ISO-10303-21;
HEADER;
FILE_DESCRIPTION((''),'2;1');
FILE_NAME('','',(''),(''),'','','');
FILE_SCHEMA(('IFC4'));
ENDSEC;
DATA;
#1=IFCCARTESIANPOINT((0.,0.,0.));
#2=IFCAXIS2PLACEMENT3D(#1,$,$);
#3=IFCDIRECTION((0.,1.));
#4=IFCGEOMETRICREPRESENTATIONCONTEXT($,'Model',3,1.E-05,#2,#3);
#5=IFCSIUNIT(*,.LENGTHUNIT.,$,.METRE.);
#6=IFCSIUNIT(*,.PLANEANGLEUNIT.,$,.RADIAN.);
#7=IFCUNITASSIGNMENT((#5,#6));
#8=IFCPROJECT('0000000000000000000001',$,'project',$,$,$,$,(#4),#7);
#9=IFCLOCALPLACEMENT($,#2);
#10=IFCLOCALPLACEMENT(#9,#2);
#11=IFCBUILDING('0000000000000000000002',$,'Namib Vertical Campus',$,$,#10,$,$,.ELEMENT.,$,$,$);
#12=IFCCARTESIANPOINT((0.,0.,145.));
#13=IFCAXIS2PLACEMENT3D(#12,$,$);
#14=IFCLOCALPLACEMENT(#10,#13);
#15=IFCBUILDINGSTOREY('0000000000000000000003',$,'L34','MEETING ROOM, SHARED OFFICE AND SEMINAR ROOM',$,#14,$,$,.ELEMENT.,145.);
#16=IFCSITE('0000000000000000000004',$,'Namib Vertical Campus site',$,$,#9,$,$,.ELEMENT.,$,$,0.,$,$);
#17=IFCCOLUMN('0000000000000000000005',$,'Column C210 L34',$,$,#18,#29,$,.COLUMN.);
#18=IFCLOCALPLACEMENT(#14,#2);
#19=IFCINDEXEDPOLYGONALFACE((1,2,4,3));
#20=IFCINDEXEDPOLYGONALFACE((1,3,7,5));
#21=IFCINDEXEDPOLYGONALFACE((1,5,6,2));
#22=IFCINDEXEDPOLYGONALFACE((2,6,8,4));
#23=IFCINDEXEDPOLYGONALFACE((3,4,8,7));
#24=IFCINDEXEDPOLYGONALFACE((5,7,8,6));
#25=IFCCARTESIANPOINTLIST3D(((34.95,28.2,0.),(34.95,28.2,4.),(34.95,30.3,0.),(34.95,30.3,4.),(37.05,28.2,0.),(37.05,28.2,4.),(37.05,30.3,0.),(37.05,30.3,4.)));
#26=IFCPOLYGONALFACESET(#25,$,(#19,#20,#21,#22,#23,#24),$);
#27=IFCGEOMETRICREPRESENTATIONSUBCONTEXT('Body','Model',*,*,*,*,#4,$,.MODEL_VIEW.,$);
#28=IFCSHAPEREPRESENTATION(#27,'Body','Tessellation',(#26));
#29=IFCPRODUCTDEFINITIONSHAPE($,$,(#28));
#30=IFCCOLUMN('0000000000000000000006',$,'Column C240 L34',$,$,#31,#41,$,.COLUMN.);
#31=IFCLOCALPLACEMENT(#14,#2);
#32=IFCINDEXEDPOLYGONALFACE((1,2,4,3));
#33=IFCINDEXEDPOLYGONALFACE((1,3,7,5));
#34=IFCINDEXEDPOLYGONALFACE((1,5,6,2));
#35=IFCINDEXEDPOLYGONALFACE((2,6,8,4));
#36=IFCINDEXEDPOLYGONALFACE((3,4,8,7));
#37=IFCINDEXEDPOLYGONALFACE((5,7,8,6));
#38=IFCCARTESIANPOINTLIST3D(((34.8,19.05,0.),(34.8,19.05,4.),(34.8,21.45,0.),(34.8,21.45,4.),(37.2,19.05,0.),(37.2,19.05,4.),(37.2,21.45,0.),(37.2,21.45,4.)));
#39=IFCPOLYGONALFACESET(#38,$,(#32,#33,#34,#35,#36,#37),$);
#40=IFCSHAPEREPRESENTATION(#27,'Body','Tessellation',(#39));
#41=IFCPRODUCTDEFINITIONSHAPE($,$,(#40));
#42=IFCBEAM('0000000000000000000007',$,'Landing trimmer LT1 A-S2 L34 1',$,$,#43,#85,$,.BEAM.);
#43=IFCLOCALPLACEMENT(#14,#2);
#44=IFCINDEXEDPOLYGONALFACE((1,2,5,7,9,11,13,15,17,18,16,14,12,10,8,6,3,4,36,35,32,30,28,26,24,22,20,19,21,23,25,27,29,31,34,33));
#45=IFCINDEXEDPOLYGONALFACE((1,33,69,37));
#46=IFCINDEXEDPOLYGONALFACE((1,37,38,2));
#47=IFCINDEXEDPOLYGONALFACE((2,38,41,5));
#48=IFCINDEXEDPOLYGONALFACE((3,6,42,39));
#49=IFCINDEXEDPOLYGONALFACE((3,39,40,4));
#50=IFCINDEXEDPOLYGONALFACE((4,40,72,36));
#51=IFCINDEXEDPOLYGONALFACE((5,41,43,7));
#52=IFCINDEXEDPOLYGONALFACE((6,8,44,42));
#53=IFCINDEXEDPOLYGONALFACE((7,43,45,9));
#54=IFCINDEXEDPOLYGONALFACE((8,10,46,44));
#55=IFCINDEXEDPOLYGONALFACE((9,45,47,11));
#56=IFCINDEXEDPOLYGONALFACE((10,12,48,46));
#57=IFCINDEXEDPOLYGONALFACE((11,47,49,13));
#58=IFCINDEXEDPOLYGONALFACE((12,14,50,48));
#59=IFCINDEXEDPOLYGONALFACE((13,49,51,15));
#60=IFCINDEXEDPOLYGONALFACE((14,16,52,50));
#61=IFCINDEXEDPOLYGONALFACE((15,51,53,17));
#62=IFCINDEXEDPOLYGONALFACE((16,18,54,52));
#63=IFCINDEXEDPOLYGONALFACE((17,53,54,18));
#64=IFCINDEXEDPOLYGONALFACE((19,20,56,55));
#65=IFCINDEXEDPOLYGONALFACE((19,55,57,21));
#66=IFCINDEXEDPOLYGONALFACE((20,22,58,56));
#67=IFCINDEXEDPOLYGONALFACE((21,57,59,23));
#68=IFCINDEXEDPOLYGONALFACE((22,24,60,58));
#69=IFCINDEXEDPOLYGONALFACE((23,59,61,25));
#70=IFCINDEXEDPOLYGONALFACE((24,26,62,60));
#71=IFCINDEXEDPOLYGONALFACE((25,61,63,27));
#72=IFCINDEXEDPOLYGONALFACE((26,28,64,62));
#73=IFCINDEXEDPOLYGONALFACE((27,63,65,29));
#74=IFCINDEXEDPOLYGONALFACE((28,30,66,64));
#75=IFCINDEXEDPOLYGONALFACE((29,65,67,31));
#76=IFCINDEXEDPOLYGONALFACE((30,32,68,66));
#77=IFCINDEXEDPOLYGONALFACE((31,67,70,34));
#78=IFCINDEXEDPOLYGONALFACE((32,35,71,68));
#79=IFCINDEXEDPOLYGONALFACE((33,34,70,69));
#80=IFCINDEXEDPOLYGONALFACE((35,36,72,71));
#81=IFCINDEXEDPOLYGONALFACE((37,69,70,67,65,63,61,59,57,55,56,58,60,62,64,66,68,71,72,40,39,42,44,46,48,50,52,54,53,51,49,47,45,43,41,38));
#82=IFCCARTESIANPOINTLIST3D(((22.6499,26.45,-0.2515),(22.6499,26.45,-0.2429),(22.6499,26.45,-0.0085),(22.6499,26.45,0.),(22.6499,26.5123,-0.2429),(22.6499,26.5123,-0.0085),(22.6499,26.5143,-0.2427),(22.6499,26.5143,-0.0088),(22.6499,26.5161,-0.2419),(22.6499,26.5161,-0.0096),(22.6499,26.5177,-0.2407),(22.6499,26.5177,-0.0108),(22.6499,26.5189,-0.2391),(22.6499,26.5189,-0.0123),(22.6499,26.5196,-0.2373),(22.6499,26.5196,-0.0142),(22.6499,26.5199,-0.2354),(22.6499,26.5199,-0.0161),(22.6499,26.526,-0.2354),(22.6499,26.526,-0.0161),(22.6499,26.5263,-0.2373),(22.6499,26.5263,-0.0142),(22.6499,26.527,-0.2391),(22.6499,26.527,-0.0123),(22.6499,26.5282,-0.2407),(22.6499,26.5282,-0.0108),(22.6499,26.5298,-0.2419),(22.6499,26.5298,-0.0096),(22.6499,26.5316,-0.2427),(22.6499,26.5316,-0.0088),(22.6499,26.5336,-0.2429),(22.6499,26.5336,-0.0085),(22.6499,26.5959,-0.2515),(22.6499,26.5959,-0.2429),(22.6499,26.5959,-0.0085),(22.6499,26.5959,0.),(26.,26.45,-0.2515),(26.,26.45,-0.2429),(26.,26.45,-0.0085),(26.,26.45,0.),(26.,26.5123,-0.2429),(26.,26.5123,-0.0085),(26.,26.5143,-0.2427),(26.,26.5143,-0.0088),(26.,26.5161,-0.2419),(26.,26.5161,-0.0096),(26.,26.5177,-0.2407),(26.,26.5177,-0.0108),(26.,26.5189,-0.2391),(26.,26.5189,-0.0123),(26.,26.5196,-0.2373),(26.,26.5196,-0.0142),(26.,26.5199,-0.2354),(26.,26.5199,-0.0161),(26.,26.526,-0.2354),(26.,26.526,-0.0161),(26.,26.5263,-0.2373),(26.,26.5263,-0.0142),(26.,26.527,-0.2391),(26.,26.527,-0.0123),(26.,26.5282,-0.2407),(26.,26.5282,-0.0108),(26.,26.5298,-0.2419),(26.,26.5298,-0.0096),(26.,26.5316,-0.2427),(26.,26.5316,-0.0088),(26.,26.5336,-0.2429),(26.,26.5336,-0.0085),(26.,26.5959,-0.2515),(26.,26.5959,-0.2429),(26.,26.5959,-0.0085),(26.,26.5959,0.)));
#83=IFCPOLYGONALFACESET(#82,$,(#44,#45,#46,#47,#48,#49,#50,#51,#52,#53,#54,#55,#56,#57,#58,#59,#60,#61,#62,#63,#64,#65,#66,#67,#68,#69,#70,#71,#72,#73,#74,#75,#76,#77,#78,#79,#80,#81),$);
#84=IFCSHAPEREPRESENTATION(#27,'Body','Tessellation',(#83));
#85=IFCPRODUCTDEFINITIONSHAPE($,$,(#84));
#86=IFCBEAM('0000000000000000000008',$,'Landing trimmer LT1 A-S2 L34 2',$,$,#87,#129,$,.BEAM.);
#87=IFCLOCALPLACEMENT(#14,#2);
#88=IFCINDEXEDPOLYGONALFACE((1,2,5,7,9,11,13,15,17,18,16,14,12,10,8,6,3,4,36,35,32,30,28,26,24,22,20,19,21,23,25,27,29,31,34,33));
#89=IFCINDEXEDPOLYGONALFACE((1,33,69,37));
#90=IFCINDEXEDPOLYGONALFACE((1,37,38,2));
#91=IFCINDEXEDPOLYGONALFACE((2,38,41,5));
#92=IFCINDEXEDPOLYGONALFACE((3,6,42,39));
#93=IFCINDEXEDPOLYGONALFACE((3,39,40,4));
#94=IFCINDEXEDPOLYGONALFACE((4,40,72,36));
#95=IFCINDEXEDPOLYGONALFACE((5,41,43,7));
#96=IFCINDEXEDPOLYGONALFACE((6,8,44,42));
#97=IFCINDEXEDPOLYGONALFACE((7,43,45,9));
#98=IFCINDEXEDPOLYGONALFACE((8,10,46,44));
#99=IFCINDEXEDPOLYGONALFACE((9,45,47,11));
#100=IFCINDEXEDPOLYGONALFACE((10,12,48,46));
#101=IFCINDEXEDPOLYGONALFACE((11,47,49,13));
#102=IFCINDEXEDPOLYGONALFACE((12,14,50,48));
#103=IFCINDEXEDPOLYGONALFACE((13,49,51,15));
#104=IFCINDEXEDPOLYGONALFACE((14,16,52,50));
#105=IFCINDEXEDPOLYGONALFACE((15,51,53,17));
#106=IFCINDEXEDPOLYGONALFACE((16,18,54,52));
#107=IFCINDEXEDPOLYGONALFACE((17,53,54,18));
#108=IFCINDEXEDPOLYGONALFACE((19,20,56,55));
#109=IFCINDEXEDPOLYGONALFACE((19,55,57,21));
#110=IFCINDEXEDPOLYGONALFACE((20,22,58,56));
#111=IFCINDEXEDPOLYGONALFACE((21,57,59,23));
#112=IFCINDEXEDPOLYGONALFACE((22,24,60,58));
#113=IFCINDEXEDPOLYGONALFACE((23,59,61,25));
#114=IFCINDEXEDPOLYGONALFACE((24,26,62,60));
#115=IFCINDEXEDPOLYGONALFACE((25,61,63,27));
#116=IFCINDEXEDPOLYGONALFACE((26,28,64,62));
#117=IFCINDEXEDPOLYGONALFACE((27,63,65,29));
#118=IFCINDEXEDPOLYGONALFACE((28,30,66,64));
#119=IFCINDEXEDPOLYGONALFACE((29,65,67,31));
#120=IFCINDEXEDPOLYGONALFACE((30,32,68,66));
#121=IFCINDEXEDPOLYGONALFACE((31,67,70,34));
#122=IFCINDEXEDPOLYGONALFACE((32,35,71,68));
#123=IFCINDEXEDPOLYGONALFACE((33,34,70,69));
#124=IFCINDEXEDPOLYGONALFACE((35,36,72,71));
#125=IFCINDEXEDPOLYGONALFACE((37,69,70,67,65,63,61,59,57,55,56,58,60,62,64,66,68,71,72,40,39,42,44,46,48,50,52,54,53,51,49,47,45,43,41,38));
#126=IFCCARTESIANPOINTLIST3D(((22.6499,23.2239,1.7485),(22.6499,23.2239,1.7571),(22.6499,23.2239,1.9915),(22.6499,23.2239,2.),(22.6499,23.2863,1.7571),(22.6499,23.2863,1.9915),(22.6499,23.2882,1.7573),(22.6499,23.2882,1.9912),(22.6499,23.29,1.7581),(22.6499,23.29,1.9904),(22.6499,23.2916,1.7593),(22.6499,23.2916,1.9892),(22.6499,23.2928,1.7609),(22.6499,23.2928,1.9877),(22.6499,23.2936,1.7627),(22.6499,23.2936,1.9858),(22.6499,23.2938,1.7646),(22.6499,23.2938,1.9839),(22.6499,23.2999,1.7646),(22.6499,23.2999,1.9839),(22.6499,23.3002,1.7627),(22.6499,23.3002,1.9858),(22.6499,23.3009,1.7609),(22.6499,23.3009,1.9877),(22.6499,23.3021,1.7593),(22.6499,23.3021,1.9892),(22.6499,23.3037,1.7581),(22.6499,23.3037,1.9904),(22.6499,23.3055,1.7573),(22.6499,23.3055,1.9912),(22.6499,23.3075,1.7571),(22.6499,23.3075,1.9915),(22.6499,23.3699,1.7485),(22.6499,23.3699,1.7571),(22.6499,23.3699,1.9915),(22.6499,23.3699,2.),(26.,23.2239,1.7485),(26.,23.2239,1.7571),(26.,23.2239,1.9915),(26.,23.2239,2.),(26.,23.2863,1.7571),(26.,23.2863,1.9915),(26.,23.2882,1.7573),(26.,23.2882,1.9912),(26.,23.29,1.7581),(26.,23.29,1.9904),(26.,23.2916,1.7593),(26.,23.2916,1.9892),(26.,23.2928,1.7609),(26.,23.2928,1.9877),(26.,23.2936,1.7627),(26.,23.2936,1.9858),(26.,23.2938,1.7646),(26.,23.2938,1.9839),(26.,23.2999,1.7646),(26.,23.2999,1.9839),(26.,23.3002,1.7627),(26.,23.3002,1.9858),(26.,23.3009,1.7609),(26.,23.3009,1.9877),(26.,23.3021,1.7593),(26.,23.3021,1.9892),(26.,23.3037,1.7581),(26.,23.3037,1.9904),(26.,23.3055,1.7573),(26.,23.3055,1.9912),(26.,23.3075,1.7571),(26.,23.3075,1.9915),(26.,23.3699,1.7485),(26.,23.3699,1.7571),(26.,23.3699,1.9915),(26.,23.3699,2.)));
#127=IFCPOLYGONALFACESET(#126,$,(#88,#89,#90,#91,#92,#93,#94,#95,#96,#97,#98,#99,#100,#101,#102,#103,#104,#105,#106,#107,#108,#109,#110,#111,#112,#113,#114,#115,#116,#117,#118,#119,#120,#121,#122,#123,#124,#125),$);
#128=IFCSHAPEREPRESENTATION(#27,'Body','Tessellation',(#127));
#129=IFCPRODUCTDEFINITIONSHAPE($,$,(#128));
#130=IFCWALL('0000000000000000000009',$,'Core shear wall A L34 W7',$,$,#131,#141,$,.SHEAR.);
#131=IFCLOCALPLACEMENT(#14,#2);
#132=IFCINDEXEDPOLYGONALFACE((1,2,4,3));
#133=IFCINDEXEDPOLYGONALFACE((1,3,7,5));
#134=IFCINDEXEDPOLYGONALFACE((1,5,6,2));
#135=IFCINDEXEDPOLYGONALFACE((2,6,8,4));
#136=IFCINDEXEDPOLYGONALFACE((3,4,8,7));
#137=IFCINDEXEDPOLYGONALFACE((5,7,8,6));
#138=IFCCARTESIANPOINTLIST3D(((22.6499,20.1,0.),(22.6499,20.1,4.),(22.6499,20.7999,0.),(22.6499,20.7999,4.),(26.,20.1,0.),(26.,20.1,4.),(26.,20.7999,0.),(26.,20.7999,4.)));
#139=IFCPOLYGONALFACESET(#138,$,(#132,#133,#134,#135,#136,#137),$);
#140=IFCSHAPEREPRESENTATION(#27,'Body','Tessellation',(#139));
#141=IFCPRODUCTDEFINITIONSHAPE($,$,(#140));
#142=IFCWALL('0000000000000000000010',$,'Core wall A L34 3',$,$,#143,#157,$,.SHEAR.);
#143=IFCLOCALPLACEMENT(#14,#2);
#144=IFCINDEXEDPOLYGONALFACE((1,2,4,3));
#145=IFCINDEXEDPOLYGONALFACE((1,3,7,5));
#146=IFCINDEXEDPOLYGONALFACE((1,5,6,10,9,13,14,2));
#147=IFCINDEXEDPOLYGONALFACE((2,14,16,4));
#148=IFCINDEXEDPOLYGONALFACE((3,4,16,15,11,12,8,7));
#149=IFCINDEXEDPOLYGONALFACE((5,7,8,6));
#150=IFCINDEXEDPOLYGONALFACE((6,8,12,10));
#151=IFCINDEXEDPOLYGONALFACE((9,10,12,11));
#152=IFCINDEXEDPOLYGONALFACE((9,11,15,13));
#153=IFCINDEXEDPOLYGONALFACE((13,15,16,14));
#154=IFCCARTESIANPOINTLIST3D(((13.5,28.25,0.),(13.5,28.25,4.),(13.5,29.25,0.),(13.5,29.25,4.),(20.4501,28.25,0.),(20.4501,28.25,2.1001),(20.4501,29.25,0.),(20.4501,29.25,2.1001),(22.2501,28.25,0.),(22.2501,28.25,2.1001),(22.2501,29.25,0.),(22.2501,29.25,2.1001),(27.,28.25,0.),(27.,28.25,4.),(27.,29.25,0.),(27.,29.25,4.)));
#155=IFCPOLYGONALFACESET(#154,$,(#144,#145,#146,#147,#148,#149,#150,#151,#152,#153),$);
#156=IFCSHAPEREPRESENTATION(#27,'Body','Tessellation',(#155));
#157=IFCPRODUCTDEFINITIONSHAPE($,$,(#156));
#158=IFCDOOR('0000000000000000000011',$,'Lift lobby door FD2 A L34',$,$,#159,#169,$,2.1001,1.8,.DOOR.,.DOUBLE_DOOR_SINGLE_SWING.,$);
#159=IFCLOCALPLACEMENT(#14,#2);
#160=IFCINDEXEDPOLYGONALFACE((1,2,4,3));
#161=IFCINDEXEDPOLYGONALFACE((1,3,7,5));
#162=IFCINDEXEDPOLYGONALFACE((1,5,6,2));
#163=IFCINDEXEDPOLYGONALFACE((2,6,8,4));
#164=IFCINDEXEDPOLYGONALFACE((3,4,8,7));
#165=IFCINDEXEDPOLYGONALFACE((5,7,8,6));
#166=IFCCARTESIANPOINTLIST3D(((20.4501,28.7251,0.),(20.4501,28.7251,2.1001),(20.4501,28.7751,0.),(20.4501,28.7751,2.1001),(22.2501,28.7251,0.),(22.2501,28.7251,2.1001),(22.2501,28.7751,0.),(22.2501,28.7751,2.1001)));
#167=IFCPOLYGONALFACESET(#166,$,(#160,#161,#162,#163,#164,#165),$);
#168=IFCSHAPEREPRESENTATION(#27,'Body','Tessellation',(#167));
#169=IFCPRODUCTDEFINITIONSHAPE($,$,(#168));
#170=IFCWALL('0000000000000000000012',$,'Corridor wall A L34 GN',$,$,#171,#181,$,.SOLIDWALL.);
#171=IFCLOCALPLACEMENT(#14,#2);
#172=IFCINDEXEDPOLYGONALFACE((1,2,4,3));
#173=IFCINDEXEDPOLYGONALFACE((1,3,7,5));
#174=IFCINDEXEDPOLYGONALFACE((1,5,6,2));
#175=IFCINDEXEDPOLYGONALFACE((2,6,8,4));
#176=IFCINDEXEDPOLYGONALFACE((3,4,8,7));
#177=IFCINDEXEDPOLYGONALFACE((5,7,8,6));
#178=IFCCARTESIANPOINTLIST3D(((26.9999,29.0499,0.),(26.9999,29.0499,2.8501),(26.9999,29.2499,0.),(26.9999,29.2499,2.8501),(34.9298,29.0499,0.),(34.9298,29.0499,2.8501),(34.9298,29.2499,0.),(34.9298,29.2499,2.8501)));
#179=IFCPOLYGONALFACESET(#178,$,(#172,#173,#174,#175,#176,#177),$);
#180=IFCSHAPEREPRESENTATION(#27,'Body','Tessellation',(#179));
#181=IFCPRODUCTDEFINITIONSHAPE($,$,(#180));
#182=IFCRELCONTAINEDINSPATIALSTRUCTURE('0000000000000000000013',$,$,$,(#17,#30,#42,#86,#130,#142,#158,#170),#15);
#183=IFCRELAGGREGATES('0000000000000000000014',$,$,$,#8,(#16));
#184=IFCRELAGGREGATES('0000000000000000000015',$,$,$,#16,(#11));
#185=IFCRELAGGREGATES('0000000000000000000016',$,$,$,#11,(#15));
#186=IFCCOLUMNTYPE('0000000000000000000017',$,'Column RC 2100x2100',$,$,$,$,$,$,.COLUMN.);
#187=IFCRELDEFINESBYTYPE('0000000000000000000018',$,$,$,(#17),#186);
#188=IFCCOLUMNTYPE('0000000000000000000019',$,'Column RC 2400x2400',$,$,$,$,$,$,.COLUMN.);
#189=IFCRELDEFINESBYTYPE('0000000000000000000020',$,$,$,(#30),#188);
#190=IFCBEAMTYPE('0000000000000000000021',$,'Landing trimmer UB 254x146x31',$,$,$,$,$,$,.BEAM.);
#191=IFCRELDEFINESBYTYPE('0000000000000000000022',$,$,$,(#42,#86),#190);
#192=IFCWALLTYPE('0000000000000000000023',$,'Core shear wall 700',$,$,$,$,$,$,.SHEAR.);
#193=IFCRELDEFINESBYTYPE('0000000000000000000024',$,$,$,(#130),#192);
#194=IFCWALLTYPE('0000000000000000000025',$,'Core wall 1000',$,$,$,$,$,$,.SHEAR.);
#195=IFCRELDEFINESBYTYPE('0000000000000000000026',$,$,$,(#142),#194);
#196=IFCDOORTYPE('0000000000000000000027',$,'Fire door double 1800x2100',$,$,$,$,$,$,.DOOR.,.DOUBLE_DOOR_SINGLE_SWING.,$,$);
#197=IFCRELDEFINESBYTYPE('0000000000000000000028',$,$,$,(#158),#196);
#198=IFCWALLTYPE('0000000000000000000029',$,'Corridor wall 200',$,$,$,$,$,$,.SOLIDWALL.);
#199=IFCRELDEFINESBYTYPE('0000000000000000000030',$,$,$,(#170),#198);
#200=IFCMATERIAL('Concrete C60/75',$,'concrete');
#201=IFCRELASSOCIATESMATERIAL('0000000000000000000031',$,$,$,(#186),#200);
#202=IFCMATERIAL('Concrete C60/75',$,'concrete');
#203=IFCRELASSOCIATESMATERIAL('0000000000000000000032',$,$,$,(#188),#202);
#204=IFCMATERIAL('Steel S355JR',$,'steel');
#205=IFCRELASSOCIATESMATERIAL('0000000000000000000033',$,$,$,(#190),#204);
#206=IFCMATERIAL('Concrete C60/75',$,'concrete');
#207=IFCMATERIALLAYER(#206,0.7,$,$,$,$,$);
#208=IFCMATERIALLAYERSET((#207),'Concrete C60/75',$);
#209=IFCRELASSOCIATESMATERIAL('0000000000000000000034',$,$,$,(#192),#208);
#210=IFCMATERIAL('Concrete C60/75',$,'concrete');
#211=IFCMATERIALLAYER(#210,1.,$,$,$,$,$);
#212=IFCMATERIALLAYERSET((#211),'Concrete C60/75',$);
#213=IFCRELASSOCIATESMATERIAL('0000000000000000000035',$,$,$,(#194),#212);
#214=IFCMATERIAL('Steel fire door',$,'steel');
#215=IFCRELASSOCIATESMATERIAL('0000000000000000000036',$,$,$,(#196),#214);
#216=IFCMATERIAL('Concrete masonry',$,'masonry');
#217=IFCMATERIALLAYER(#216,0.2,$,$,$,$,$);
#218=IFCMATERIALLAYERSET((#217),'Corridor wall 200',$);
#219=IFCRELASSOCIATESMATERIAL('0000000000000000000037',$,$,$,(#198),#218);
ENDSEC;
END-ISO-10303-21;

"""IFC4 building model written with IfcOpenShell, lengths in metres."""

from ifc_helpers import new_model, si_unit, direction, frame, frame_2d, origin, origin_2d, place, context, subcontext, project, spatial, rectangle, i_section, extrude, material, layer, layer_set, material_profile, profile_set, type_object, element, fill, save


model = new_model("IFC4")

# Units and contexts
model_context = context("Model", 3, precision=1e-05, world=origin(), true_north=direction((0.0, 1.0)))
body_context = subcontext(model_context, "Body", "Model", "MODEL_VIEW")
ifc_project = project(units=[si_unit("LENGTHUNIT", "METRE"), si_unit("PLANEANGLEUNIT", "RADIAN")], contexts=[model_context])

# Site, building, storey
site_placement = place(None, origin())
site = spatial("IfcSite", under=ifc_project, at=site_placement, Name="Namib Vertical Campus site", CompositionType="ELEMENT", RefElevation=0.0)
building_placement = place(site_placement, origin())
building = spatial("IfcBuilding", under=site, at=building_placement, Name="Namib Vertical Campus", CompositionType="ELEMENT")
storey_placement = place(building_placement, frame((0.0, 0.0, 145.0)))
storey = spatial("IfcBuildingStorey", under=building, at=storey_placement, Name="L34", Description="MEETING ROOM, SHARED OFFICE AND SEMINAR ROOM", CompositionType="ELEMENT", Elevation=145.0)

# Columns
ifc_material_1 = material(Name="Concrete C60/75", Category="concrete")
ifc_material_profile_1 = material_profile(ifc_material_1, rectangle(XDim=2.1001, YDim=2.1001, at=origin_2d()))
ifc_profile_set_1 = profile_set([ifc_material_profile_1], Name="Concrete C60/75")
column_type_1 = type_object("IfcColumnType", Name="Column RC 2100x2100", PredefinedType="COLUMN", material=ifc_profile_set_1)
column_1_placement = place(storey_placement, frame((36.0, 29.25, 0.0), z_axis=(0.0, 0.0, 1.0), x_axis=(1.0, 0.0, 0.0)))
element("IfcColumn", 1, at=column_1_placement, inside=storey, type_object=column_type_1, Name="Column C210 L34", PredefinedType="COLUMN", context=body_context, shape_type="SweptSolid", body=[
    extrude(rectangle(XDim=2.1001, YDim=2.1001, at=origin_2d()), origin(), (0.0, 0.0, 1.0), 4.0),
])
ifc_material_2 = material(Name="Concrete C60/75", Category="concrete")
ifc_material_profile_2 = material_profile(ifc_material_2, rectangle(XDim=2.3999, YDim=2.3999, at=origin_2d()))
ifc_profile_set_2 = profile_set([ifc_material_profile_2], Name="Concrete C60/75")
column_type_2 = type_object("IfcColumnType", Name="Column RC 2400x2400", PredefinedType="COLUMN", material=ifc_profile_set_2)
column_2_placement = place(storey_placement, frame((36.0, 20.25, 0.0), z_axis=(0.0, 0.0, 1.0), x_axis=(1.0, 0.0, 0.0)))
element("IfcColumn", 2, at=column_2_placement, inside=storey, type_object=column_type_2, Name="Column C240 L34", PredefinedType="COLUMN", context=body_context, shape_type="SweptSolid", body=[
    extrude(rectangle(XDim=2.3999, YDim=2.3999, at=origin_2d()), origin(), (0.0, 0.0, 1.0), 4.0),
])

# Beams
ifc_material_3 = material(Name="Steel S355JR", Category="steel")
ifc_material_profile_3 = material_profile(ifc_material_3, i_section(OverallWidth=0.146, OverallDepth=0.2515, WebThickness=0.0061, FlangeThickness=0.0085, FilletRadius=0.0076, at=origin_2d()))
ifc_profile_set_3 = profile_set([ifc_material_profile_3], Name="Steel S355JR")
beam_type = type_object("IfcBeamType", Name="Landing trimmer UB 254x146x31", PredefinedType="BEAM", material=ifc_profile_set_3)
for number, where, z_axis, x_axis, name in (
    (3, (22.6499, 26.5229, -0.1257), (1.0, 0.0, 0.0), (0.0, 1.0, 0.0), "Landing trimmer LT1 A-S2 L34 1"),
    (4, (22.6499, 23.2969, 1.8743), (1.0, 0.0, 0.0), (0.0, 1.0, 0.0), "Landing trimmer LT1 A-S2 L34 2"),
):
    element("IfcBeam", number, at=place(storey_placement, frame(where, z_axis=z_axis, x_axis=x_axis)), inside=storey, type_object=beam_type, Name=name, PredefinedType="BEAM", context=body_context, shape_type="SweptSolid", body=[
        extrude(i_section(OverallWidth=0.146, OverallDepth=0.2515, WebThickness=0.0061, FlangeThickness=0.0085, FilletRadius=0.0076, at=origin_2d()), origin(), (0.0, 0.0, 1.0), 3.3501),
    ])

# Wall
ifc_material_4 = material(Name="Concrete C60/75", Category="concrete")
ifc_layer_1 = layer(ifc_material_4, 0.7)
ifc_layer_set_1 = layer_set([ifc_layer_1], Name="Concrete C60/75")
wall_type_1 = type_object("IfcWallType", Name="Core shear wall 700", PredefinedType="SHEAR", material=ifc_layer_set_1)
wall_1_placement = place(storey_placement, frame((22.6499, 20.45, 0.0), z_axis=(0.0, 0.0, 1.0), x_axis=(1.0, 0.0, 0.0)))
element("IfcWall", 5, at=wall_1_placement, inside=storey, type_object=wall_type_1, Name="Core shear wall A L34 W7", PredefinedType="SHEAR", context=body_context, shape_type="SweptSolid", body=[
    extrude(rectangle(XDim=3.3501, YDim=0.7, at=frame_2d((1.675, 0.0))), origin(), (0.0, 0.0, 1.0), 4.0),
])

# Wall, opening, door
ifc_material_5 = material(Name="Concrete C60/75", Category="concrete")
ifc_layer_2 = layer(ifc_material_5, 1.0)
ifc_layer_set_2 = layer_set([ifc_layer_2], Name="Concrete C60/75")
wall_type_2 = type_object("IfcWallType", Name="Core wall 1000", PredefinedType="SHEAR", material=ifc_layer_set_2)
wall_2_placement = place(storey_placement, frame((27.0, 28.75, 0.0), z_axis=(0.0, 0.0, 1.0), x_axis=(-1.0, 0.0, 0.0)))
wall_2 = element("IfcWall", 6, at=wall_2_placement, inside=storey, type_object=wall_type_2, Name="Core wall A L34 3", PredefinedType="SHEAR", context=body_context, shape_type="SweptSolid", body=[
    extrude(rectangle(XDim=13.5, YDim=1.0, at=frame_2d((6.75, 0.0))), origin(), (0.0, 0.0, 1.0), 4.0),
])
opening_1_placement = place(wall_2_placement, frame((4.75, 0.0, 0.0)))
opening_1 = element("IfcOpeningElement", 7, at=opening_1_placement, cuts=wall_2, PredefinedType="OPENING", context=body_context, shape_type="SweptSolid", body=[
    extrude(rectangle(XDim=1.8, YDim=2.1001, at=frame_2d((0.8999, 1.05))), frame((0.0, 0.51, 0.0), z_axis=(0.0, -1.0, 0.0), x_axis=(1.0, 0.0, 0.0)), (0.0, 0.0, 1.0), 1.02),
])
ifc_material_6 = material(Name="Steel fire door", Category="steel")
door_type_1 = type_object("IfcDoorType", Name="Fire door double 1800x2100", OperationType="DOUBLE_DOOR_SINGLE_SWING", PredefinedType="DOOR", material=ifc_material_6)
door_1_placement = place(opening_1_placement, origin())
door_1 = element("IfcDoor", 8, at=door_1_placement, inside=storey, type_object=door_type_1, Name="Lift lobby door FD2 A L34", OperationType="DOUBLE_DOOR_SINGLE_SWING", OverallHeight=2.1001, OverallWidth=1.8, PredefinedType="DOOR", context=body_context, shape_type="SweptSolid", body=[
    extrude(rectangle(XDim=1.8, YDim=2.1001, at=frame_2d((0.8999, 1.05))), frame((0.0, 0.0249, 0.0), z_axis=(0.0, -1.0, 0.0), x_axis=(1.0, 0.0, 0.0)), (0.0, 0.0, 1.0), 0.05),
])
fill(opening_1, door_1)

# Wall
ifc_material_7 = material(Name="Concrete masonry", Category="masonry")
ifc_layer_3 = layer(ifc_material_7, 0.2)
ifc_layer_set_3 = layer_set([ifc_layer_3], Name="Corridor wall 200")
wall_type_3 = type_object("IfcWallType", Name="Corridor wall 200", PredefinedType="SOLIDWALL", material=ifc_layer_set_3)
wall_3_placement = place(storey_placement, frame((27.0, 29.1499, 0.0), z_axis=(0.0, 0.0, 1.0), x_axis=(1.0, 0.0, 0.0)))
element("IfcWall", 9, at=wall_3_placement, inside=storey, type_object=wall_type_3, Name="Corridor wall A L34 GN", PredefinedType="SOLIDWALL", context=body_context, shape_type="SweptSolid", body=[
    extrude(rectangle(XDim=7.9299, YDim=0.2, at=frame_2d((3.9648, 0.0))), origin(), (0.0, 0.0, 1.0), 2.8501),
])

save(model, "model.ifc")
